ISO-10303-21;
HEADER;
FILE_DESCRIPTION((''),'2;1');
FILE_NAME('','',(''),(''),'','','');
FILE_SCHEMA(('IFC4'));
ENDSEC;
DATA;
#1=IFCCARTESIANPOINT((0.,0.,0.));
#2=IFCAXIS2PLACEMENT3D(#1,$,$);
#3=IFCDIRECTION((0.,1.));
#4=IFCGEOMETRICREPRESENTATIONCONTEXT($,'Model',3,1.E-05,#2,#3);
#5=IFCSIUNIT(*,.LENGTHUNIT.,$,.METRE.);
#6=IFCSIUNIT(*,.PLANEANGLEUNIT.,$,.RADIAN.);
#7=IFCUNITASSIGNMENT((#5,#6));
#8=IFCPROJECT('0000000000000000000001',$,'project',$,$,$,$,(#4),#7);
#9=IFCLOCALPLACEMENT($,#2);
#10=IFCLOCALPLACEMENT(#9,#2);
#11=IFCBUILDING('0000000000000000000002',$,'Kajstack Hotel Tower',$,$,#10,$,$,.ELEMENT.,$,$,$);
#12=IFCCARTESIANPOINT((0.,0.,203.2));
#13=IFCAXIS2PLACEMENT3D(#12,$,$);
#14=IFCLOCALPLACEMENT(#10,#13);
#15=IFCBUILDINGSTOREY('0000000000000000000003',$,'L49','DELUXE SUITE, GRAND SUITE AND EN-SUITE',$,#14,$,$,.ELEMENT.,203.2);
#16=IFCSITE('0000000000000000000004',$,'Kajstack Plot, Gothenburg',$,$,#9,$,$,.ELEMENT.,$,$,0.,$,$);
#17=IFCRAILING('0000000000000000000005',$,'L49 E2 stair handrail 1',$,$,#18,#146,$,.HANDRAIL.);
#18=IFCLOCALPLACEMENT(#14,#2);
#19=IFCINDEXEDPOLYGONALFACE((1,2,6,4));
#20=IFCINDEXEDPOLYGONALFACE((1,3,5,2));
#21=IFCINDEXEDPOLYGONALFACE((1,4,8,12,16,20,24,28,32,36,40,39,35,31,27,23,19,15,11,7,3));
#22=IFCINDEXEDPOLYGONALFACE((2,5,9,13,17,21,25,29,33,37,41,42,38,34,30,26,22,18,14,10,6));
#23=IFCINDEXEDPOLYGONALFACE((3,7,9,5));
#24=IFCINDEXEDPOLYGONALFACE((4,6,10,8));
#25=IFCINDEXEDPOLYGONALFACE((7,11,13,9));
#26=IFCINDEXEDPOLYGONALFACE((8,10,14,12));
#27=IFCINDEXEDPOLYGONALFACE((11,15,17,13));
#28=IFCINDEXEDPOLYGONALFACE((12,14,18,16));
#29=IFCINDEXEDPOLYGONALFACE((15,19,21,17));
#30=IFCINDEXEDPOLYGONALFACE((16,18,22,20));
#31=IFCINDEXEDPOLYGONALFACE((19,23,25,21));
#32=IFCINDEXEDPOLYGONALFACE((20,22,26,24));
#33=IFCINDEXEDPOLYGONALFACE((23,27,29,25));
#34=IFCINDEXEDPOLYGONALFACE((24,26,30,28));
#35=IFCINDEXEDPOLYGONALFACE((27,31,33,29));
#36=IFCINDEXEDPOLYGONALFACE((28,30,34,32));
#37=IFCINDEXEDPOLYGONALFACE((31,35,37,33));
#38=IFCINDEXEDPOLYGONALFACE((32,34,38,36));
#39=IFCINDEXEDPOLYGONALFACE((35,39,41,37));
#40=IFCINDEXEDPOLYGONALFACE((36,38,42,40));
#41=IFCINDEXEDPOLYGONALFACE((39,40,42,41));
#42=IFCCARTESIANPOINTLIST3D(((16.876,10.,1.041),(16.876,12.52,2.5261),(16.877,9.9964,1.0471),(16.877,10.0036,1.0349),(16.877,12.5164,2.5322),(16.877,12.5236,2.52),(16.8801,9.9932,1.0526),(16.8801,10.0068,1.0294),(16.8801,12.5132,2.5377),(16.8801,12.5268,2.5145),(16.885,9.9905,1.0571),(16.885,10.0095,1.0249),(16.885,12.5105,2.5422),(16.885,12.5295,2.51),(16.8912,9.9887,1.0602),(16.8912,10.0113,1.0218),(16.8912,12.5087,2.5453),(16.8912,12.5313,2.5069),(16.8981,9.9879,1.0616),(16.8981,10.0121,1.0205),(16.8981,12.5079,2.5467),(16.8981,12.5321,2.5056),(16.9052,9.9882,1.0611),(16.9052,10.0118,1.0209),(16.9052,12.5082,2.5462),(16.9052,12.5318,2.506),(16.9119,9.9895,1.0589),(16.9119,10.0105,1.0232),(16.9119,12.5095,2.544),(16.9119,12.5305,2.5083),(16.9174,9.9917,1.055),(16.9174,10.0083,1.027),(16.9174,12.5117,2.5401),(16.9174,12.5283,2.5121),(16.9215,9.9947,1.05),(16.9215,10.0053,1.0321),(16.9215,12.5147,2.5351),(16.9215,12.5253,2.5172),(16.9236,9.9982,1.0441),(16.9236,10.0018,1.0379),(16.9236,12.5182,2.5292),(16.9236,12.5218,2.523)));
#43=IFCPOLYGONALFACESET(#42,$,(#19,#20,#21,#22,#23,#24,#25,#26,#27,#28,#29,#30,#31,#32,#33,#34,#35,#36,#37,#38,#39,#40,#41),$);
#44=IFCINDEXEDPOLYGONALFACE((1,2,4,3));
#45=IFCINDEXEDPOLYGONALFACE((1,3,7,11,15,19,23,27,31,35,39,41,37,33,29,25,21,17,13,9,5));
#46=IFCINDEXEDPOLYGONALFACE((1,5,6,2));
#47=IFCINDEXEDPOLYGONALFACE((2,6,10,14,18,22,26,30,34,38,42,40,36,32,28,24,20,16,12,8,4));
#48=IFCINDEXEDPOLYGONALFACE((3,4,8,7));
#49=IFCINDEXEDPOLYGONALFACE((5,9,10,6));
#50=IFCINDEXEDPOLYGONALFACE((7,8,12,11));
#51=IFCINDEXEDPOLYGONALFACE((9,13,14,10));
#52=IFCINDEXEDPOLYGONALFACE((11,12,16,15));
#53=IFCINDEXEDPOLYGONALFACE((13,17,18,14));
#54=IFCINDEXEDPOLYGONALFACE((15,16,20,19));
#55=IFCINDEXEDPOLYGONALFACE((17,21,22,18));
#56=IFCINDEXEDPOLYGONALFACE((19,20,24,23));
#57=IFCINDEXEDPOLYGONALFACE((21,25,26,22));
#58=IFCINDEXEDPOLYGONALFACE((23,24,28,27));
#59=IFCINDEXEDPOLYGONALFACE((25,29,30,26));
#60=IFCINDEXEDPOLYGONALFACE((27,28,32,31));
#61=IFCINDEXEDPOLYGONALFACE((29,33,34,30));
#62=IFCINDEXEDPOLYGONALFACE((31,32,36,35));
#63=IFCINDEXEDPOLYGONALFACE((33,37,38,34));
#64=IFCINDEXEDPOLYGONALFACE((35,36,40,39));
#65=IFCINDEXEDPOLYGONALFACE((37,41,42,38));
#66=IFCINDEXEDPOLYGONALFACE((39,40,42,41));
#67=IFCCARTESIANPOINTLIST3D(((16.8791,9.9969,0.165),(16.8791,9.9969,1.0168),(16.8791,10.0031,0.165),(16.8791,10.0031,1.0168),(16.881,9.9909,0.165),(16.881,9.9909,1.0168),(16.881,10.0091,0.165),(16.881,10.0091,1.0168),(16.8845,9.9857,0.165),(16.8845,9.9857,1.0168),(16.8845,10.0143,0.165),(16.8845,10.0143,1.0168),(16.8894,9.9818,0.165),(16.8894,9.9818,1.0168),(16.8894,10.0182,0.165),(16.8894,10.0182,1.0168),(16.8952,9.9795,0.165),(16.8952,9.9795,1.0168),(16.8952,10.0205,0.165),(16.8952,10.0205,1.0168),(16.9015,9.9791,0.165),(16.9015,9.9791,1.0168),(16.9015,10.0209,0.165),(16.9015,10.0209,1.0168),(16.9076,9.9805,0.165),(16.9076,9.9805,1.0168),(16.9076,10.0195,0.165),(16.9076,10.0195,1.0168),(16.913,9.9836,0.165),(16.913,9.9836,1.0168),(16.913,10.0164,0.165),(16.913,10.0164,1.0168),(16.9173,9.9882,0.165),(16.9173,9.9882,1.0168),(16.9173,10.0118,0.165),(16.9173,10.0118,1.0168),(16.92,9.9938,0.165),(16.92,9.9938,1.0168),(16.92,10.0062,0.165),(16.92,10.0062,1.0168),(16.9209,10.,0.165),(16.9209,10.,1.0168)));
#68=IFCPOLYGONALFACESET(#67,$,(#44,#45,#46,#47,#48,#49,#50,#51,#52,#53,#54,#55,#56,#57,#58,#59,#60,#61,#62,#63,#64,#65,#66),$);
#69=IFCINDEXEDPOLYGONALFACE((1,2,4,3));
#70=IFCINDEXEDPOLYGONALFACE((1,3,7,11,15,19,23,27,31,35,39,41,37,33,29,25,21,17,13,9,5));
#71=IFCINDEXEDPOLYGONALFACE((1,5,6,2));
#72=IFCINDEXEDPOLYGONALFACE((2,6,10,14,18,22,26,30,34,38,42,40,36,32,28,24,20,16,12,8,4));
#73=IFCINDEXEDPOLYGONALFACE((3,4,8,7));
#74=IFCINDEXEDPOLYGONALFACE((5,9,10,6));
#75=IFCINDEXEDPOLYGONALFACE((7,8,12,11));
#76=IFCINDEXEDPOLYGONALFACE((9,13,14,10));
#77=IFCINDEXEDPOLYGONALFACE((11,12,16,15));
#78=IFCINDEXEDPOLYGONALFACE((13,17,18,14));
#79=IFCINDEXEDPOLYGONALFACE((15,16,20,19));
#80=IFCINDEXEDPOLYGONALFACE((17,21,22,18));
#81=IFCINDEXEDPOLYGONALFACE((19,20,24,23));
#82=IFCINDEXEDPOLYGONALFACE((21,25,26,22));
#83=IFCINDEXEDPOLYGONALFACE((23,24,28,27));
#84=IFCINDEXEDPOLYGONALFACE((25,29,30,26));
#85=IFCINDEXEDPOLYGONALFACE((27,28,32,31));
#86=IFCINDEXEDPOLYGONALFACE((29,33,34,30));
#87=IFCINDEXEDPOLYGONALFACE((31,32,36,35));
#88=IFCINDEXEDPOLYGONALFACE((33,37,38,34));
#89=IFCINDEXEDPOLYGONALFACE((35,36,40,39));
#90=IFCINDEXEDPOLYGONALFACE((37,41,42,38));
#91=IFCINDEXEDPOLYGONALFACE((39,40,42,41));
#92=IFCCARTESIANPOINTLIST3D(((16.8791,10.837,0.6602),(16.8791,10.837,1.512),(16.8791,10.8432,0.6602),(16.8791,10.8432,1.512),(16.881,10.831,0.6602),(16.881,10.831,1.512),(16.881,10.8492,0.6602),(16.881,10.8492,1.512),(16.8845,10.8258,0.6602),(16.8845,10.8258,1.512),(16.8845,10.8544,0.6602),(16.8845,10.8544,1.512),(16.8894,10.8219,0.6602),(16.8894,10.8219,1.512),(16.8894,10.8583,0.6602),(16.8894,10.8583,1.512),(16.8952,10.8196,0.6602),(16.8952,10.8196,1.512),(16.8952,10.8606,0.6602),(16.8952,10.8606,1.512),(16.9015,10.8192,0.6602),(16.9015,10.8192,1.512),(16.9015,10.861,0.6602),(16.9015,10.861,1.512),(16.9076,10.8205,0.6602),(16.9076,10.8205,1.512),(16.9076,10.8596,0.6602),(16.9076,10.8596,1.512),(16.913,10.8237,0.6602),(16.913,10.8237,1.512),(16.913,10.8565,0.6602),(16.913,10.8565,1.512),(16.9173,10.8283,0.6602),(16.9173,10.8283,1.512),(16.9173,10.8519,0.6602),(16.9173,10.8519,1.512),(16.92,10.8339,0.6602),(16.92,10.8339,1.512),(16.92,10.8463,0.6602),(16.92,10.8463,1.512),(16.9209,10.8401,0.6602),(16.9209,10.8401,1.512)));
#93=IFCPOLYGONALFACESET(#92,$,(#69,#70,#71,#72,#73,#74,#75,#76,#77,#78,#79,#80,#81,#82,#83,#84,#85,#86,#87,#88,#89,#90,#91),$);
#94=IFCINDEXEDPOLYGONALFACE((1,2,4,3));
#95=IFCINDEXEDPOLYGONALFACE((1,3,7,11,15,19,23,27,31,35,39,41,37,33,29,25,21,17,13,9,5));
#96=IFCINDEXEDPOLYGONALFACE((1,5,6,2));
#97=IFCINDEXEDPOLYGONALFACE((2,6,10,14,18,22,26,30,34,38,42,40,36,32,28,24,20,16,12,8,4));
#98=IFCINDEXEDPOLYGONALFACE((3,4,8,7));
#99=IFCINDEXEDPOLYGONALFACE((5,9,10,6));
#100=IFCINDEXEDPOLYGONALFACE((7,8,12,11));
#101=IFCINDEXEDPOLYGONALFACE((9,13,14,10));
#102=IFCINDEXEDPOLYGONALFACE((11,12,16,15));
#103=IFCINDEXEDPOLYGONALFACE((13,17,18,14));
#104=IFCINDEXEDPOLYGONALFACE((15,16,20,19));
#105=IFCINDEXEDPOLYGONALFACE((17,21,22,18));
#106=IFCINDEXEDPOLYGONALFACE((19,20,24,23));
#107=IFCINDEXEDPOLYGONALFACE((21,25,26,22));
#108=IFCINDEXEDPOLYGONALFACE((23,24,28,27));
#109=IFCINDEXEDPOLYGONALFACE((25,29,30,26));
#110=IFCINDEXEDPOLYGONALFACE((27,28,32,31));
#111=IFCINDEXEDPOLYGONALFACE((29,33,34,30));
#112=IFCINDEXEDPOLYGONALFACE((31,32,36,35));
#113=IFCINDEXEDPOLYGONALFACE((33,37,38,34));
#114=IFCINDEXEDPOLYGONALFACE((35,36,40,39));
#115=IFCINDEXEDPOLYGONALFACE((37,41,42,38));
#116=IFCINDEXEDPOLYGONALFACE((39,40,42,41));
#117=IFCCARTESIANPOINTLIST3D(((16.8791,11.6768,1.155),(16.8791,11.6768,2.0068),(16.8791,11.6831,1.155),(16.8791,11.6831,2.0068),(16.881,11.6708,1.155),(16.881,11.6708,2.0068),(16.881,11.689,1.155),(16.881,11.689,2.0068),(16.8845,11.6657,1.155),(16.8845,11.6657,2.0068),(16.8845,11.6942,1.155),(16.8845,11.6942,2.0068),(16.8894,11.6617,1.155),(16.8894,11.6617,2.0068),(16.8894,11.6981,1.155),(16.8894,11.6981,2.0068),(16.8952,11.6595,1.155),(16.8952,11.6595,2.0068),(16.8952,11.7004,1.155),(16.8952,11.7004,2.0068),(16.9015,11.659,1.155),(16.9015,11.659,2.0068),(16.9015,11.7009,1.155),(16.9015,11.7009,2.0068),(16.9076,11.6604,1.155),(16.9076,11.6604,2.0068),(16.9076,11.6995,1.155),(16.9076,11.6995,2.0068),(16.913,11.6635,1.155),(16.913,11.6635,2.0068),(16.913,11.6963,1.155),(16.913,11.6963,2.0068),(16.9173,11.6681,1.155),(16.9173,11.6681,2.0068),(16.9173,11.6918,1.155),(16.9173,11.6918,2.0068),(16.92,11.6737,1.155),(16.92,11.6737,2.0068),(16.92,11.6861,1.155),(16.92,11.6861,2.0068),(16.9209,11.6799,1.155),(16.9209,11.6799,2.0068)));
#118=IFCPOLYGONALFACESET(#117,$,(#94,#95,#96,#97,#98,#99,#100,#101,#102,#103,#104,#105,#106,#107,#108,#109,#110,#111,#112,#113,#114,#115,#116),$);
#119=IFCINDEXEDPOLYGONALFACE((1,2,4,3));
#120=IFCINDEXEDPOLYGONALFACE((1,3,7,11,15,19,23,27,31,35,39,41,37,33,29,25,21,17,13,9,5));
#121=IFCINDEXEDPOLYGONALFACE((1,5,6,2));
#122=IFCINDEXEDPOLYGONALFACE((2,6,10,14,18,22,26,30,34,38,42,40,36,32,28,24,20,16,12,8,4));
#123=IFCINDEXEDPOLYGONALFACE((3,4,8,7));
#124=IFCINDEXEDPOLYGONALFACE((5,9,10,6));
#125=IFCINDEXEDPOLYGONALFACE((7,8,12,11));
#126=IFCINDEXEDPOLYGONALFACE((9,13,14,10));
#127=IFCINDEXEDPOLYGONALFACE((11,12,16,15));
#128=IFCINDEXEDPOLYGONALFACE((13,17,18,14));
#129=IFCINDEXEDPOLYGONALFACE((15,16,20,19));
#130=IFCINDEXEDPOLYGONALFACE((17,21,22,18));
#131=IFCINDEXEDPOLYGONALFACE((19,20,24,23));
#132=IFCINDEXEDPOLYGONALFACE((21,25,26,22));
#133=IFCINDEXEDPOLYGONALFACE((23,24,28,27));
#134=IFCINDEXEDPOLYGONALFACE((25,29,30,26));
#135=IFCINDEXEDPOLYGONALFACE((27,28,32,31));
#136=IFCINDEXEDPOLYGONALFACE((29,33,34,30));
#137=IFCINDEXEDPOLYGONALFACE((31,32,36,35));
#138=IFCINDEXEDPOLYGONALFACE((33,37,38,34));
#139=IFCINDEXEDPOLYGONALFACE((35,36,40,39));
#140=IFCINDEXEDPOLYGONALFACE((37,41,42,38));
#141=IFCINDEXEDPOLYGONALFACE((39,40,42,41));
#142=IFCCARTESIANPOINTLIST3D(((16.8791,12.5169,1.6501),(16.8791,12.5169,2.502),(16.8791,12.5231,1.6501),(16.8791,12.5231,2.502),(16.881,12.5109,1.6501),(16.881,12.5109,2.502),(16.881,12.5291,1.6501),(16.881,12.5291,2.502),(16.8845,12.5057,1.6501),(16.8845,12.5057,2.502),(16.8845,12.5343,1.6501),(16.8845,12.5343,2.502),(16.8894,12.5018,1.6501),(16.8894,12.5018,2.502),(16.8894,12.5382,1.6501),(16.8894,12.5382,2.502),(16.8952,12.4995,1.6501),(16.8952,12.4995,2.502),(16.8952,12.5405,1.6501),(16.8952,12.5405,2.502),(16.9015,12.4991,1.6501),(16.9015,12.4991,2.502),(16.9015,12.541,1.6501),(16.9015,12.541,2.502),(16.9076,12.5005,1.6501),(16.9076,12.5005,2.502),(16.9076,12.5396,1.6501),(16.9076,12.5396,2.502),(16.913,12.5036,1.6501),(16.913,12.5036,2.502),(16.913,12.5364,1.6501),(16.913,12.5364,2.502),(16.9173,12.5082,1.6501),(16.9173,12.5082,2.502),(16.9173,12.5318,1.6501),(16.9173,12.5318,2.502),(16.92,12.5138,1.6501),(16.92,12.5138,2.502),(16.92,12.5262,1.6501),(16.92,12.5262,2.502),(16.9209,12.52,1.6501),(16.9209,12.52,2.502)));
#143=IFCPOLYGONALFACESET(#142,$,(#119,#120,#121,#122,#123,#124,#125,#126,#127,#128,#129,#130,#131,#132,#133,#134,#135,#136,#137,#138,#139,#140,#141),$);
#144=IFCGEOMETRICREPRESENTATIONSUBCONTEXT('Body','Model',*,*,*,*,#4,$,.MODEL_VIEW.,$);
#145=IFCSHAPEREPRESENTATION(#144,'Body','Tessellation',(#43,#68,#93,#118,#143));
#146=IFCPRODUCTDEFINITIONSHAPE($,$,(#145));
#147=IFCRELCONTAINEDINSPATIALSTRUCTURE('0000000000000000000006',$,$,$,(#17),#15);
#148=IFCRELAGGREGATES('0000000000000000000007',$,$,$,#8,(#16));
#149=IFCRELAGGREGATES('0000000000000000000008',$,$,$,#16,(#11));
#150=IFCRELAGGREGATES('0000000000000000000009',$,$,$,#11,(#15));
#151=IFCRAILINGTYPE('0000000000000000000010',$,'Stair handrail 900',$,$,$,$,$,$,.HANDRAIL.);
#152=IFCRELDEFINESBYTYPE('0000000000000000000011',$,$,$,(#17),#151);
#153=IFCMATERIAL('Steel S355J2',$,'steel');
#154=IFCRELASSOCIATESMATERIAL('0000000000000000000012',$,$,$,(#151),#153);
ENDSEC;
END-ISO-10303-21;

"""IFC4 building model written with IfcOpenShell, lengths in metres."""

from ifc_helpers import new_model, si_unit, direction, frame, origin, origin_2d, place, context, subcontext, project, spatial, circle, extrude, material, type_object, element, save


model = new_model("IFC4")

# Units and contexts
model_context = context("Model", 3, precision=1e-05, world=origin(), true_north=direction((0.0, 1.0)))
body_context = subcontext(model_context, "Body", "Model", "MODEL_VIEW")
ifc_project = project(units=[si_unit("LENGTHUNIT", "METRE"), si_unit("PLANEANGLEUNIT", "RADIAN")], contexts=[model_context])

# Site, building, storey
site_placement = place(None, origin())
site = spatial("IfcSite", under=ifc_project, at=site_placement, Name="Kajstack Plot, Gothenburg", CompositionType="ELEMENT", RefElevation=0.0)
building_placement = place(site_placement, origin())
building = spatial("IfcBuilding", under=site, at=building_placement, Name="Kajstack Hotel Tower", CompositionType="ELEMENT")
storey_placement = place(building_placement, frame((0.0, 0.0, 203.2)))
storey = spatial("IfcBuildingStorey", under=building, at=storey_placement, Name="L49", Description="DELUXE SUITE, GRAND SUITE AND EN-SUITE", CompositionType="ELEMENT", Elevation=203.2)

# Railing
ifc_material_1 = material(Name="Steel S355J2", Category="steel")
railing_type_1 = type_object("IfcRailingType", Name="Stair handrail 900", PredefinedType="HANDRAIL", material=ifc_material_1)
railing_1_placement = place(storey_placement, frame((16.8999, 10.0, 0.165)))
element("IfcRailing", 1, at=railing_1_placement, inside=storey, type_object=railing_type_1, Name="L49 E2 stair handrail 1", PredefinedType="HANDRAIL", context=body_context, shape_type="SweptSolid", body=[
    extrude(circle(Radius=0.0239, at=origin_2d()), frame((0.0, 0.0, 0.876), z_axis=(0.0, 0.861524, 0.507717), x_axis=(-1.0, 0.0, 0.0)), (0.0, 0.0, 1.0), 2.925),
    extrude(circle(Radius=0.021, at=origin_2d()), origin(), (0.0, 0.0, 1.0), 0.8518),
    extrude(circle(Radius=0.021, at=origin_2d()), frame((0.0, 0.8401, 0.4951)), (0.0, 0.0, 1.0), 0.8518),
    extrude(circle(Radius=0.021, at=origin_2d()), frame((0.0, 1.6799, 0.99)), (0.0, 0.0, 1.0), 0.8518),
    extrude(circle(Radius=0.021, at=origin_2d()), frame((0.0, 2.52, 1.4851)), (0.0, 0.0, 1.0), 0.8518),
])

save(model, "model.ifc")
